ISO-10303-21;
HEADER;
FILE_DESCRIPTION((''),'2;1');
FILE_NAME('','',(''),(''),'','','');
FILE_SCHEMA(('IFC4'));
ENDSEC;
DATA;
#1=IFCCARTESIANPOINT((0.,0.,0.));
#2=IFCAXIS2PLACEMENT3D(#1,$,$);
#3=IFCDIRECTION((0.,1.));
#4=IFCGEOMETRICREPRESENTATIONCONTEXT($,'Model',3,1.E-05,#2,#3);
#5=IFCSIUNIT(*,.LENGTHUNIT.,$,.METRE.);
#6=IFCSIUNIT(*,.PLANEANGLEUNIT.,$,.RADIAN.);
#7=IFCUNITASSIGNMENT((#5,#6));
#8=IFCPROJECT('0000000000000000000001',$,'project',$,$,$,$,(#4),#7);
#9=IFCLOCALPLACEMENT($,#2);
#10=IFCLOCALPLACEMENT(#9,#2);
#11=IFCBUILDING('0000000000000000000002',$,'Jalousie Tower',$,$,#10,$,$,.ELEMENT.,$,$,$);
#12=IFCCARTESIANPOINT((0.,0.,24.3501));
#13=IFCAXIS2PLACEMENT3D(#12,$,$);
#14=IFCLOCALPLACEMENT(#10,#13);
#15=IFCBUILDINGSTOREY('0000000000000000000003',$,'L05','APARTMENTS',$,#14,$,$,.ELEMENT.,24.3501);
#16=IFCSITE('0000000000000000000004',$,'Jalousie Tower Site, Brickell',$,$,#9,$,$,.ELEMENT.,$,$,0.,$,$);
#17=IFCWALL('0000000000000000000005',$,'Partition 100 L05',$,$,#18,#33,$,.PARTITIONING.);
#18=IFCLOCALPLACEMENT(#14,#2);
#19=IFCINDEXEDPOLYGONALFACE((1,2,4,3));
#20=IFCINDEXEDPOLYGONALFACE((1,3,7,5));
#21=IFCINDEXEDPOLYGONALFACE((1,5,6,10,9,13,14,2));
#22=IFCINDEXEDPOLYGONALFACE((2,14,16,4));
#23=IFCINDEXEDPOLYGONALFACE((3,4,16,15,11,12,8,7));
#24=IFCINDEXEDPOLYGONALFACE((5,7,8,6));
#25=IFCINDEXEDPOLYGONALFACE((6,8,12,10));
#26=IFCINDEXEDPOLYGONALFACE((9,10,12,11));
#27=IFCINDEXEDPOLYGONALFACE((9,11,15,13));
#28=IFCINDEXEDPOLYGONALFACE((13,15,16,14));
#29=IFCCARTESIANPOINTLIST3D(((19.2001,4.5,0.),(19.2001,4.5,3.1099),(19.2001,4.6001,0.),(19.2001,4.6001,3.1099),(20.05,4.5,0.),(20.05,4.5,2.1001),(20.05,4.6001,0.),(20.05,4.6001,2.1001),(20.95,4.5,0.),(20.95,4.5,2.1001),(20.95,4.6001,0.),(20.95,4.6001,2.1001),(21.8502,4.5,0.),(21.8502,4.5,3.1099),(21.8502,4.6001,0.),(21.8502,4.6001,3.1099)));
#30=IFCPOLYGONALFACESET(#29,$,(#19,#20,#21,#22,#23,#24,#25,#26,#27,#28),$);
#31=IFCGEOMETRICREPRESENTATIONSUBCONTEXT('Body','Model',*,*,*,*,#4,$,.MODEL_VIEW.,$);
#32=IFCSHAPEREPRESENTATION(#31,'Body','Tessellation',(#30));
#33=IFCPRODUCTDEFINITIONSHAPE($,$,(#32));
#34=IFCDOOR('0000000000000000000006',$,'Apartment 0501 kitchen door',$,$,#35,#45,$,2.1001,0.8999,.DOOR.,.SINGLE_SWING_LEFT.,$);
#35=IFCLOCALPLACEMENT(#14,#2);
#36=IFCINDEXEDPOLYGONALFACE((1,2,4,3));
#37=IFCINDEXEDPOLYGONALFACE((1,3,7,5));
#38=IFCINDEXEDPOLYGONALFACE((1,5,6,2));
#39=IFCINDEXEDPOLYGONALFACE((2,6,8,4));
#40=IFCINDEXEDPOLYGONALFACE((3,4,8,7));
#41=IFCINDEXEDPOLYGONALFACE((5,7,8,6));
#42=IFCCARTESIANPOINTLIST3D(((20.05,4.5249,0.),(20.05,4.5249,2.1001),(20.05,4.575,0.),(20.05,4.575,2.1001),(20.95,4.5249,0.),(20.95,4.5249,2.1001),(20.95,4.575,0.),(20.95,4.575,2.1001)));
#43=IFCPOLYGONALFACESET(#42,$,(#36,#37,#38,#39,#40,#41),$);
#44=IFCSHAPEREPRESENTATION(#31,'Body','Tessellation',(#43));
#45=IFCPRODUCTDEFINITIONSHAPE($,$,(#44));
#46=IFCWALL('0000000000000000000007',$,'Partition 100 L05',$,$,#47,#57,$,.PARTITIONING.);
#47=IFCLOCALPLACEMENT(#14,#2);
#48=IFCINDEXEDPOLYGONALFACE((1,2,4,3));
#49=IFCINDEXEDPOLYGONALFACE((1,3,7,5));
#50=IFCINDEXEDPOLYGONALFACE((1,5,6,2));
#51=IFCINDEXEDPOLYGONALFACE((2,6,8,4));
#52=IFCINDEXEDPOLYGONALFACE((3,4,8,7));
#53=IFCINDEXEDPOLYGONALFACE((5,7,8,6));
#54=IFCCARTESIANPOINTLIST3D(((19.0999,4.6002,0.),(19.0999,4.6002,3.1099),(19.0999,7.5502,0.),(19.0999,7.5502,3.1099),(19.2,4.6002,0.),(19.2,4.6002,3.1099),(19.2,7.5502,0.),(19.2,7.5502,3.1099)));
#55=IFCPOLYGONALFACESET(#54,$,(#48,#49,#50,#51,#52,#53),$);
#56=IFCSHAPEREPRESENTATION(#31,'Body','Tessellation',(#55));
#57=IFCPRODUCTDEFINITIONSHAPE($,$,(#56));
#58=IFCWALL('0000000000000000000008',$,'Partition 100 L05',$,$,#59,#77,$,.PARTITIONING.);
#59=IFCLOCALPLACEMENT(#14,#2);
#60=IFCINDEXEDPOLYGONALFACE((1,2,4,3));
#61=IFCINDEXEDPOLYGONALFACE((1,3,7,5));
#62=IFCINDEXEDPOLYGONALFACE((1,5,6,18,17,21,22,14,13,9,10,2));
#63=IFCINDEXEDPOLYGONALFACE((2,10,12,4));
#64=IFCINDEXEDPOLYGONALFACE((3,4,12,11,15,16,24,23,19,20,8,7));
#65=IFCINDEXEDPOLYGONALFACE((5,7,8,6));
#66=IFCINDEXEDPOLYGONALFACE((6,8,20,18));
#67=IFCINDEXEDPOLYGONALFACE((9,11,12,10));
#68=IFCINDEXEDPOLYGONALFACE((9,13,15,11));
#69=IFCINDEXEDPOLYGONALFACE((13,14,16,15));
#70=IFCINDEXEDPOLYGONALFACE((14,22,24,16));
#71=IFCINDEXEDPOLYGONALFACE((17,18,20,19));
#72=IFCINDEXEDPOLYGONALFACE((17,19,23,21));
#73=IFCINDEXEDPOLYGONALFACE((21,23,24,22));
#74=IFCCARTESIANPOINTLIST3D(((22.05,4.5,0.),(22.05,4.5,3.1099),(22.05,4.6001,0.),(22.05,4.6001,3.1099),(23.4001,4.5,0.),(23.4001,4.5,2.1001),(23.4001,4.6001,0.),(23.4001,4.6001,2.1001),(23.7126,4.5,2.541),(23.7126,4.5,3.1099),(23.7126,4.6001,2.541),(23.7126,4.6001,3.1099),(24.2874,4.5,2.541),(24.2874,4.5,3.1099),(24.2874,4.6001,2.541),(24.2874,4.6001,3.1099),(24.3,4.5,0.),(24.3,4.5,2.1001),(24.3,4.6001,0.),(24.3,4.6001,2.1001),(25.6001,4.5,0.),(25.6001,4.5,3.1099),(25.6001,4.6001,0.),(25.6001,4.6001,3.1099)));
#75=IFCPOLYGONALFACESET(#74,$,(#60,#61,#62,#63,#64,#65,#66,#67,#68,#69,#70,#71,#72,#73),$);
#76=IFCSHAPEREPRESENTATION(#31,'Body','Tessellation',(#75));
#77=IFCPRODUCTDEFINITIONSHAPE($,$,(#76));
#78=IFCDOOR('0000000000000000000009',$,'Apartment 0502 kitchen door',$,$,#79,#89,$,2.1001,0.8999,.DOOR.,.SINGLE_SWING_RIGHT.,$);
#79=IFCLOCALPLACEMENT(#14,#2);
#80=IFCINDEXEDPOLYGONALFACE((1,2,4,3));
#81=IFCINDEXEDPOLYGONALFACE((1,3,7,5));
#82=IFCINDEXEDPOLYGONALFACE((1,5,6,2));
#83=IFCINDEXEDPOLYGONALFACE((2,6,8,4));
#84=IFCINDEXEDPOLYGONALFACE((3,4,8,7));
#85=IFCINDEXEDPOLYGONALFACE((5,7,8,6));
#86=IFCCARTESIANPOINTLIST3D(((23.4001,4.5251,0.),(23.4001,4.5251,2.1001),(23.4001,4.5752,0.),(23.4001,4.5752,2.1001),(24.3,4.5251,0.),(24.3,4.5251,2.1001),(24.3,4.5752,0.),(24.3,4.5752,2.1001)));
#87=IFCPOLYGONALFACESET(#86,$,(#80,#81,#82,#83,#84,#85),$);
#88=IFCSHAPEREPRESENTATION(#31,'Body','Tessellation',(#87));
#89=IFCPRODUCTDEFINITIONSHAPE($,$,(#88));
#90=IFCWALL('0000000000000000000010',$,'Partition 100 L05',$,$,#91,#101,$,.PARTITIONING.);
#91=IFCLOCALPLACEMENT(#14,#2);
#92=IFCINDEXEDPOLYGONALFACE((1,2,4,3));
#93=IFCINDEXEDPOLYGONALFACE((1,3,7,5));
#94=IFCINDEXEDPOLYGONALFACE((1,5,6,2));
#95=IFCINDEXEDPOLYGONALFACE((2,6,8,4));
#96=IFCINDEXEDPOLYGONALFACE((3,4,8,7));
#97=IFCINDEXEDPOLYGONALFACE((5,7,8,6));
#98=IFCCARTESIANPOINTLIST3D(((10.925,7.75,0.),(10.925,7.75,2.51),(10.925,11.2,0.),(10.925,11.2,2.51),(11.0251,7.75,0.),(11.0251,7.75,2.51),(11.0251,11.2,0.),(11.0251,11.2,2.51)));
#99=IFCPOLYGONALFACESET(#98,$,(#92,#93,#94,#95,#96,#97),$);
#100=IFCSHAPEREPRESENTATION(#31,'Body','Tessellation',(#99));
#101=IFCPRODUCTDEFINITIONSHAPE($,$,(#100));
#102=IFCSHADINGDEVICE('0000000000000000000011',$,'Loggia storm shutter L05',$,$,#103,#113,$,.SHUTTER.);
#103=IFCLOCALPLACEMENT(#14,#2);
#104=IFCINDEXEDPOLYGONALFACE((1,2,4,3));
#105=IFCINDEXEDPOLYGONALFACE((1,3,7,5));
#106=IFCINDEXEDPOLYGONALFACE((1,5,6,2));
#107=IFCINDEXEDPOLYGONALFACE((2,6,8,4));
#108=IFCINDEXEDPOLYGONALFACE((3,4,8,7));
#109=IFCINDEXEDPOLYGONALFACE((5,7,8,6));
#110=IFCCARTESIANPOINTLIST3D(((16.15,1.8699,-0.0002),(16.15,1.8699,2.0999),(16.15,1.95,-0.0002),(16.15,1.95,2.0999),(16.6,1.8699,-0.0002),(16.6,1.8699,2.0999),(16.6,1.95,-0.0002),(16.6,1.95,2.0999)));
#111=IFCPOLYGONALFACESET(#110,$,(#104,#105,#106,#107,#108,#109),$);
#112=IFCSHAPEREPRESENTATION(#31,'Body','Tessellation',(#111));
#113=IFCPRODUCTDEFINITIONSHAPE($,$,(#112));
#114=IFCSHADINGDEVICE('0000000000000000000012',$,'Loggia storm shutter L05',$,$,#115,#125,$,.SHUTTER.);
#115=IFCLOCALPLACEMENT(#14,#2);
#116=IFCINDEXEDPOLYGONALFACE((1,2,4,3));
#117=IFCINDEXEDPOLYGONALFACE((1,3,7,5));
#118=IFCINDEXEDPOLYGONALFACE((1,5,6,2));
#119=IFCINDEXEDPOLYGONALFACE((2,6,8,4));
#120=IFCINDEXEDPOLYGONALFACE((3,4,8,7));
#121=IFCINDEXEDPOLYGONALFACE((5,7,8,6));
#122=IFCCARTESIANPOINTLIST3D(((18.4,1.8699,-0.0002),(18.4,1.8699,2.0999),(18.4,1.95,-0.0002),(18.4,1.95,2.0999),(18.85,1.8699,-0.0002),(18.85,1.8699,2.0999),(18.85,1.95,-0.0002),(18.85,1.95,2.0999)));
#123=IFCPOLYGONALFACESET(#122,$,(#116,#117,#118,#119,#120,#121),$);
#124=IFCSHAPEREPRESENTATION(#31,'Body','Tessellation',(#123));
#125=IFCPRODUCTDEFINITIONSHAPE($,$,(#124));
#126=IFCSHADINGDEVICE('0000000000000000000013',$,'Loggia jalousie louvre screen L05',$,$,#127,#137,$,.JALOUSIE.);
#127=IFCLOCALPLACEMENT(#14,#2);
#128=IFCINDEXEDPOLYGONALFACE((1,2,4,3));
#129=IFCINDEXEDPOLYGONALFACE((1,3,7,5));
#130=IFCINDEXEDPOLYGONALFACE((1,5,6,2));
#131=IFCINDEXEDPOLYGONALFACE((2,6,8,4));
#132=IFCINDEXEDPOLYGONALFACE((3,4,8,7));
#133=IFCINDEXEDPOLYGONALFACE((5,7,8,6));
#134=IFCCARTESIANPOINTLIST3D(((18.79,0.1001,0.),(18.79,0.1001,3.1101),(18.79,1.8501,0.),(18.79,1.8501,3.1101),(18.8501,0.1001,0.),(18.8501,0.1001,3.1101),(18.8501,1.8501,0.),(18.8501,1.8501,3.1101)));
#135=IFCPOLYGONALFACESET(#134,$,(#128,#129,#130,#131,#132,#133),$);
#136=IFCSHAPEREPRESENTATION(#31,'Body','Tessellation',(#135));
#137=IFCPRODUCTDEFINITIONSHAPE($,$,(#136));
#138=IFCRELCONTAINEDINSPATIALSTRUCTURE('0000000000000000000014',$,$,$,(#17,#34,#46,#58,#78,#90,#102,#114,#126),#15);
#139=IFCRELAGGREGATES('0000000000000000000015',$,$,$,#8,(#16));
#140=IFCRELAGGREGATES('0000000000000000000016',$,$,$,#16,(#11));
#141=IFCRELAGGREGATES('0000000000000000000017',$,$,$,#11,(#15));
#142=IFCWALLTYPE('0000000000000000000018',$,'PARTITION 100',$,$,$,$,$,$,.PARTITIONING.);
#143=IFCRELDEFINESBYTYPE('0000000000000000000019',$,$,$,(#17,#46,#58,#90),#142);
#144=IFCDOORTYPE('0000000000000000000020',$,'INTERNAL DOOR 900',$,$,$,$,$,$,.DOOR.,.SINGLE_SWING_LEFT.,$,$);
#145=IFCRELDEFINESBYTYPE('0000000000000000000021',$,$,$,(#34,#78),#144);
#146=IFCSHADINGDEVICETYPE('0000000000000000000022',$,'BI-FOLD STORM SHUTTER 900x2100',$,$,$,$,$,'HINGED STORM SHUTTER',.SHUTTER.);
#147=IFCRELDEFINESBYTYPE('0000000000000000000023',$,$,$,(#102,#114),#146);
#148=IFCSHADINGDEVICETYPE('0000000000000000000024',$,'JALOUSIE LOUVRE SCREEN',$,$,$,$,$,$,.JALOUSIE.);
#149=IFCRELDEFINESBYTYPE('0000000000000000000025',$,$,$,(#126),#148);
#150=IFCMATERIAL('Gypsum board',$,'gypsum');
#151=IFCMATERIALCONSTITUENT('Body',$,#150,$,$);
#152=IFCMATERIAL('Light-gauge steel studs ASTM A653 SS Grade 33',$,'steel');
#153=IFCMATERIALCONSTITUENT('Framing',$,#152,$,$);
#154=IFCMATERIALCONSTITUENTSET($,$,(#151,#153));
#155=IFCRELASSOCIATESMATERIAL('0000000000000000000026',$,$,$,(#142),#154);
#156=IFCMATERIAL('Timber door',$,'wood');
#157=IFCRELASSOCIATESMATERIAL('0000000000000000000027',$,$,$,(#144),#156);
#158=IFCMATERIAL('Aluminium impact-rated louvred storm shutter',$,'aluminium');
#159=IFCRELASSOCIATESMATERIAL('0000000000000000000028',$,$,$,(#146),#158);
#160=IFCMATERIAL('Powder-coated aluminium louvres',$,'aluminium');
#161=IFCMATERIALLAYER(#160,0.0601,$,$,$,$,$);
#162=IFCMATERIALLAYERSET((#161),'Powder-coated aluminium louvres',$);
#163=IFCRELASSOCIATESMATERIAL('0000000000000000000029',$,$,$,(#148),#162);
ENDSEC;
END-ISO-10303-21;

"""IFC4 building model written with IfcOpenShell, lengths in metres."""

from ifc_helpers import new_model, si_unit, direction, frame, frame_2d, origin, origin_2d, place, context, subcontext, project, spatial, polyline, rectangle, outline, extrude, material, layer, layer_set, constituent, constituent_set, type_object, element, fill, save


model = new_model("IFC4")

# Units and contexts
model_context = context("Model", 3, precision=1e-05, world=origin(), true_north=direction((0.0, 1.0)))
body_context = subcontext(model_context, "Body", "Model", "MODEL_VIEW")
ifc_project = project(units=[si_unit("LENGTHUNIT", "METRE"), si_unit("PLANEANGLEUNIT", "RADIAN")], contexts=[model_context])

# Site, building, storey
site_placement = place(None, origin())
site = spatial("IfcSite", under=ifc_project, at=site_placement, Name="Jalousie Tower Site, Brickell", CompositionType="ELEMENT", RefElevation=0.0)
building_placement = place(site_placement, origin())
building = spatial("IfcBuilding", under=site, at=building_placement, Name="Jalousie Tower", CompositionType="ELEMENT")
storey_placement = place(building_placement, frame((0.0, 0.0, 24.3501)))
storey = spatial("IfcBuildingStorey", under=building, at=storey_placement, Name="L05", Description="APARTMENTS", CompositionType="ELEMENT", Elevation=24.3501)

# Wall, opening, door
ifc_material_1 = material(Name="Gypsum board", Category="gypsum")
ifc_constituent_1 = constituent(ifc_material_1, Name="Body")
ifc_material_2 = material(Name="Light-gauge steel studs ASTM A653 SS Grade 33", Category="steel")
ifc_constituent_2 = constituent(ifc_material_2, Name="Framing")
ifc_constituent_set_1 = constituent_set(constituents=[ifc_constituent_1, ifc_constituent_2])
wall_type_1 = type_object("IfcWallType", Name="PARTITION 100", PredefinedType="PARTITIONING", material=ifc_constituent_set_1)
wall_1_placement = place(storey_placement, frame((19.2, 4.55, 0.0), z_axis=(0.0, 0.0, 1.0), x_axis=(1.0, 0.0, 0.0)))
wall_1 = element("IfcWall", 1, at=wall_1_placement, inside=storey, type_object=wall_type_1, Name="Partition 100 L05", PredefinedType="PARTITIONING", context=body_context, shape_type="SweptSolid", body=[
    extrude(rectangle(XDim=2.6501, YDim=0.1001, at=frame_2d((1.3252, 0.0))), origin(), (0.0, 0.0, 1.0), 3.1099),
])
opening_1_placement = place(wall_1_placement, frame((0.8501, 0.0, 0.0)))
opening_1 = element("IfcOpeningElement", 2, at=opening_1_placement, cuts=wall_1, PredefinedType="OPENING", context=body_context, shape_type="SweptSolid", body=[
    extrude(rectangle(XDim=0.8999, YDim=2.1001, at=frame_2d((0.45, 1.05))), frame((0.0, 0.0601, 0.0), z_axis=(0.0, -1.0, 0.0), x_axis=(1.0, 0.0, 0.0)), (0.0, 0.0, 1.0), 0.1201),
])
ifc_material_3 = material(Name="Timber door", Category="wood")
door_type_1 = type_object("IfcDoorType", Name="INTERNAL DOOR 900", OperationType="SINGLE_SWING_LEFT", PredefinedType="DOOR", material=ifc_material_3)
door_1_placement = place(opening_1_placement, origin())
door_1 = element("IfcDoor", 3, at=door_1_placement, inside=storey, type_object=door_type_1, Name="Apartment 0501 kitchen door", OperationType="SINGLE_SWING_LEFT", OverallHeight=2.1001, OverallWidth=0.8999, PredefinedType="DOOR", context=body_context, shape_type="SweptSolid", body=[
    extrude(rectangle(XDim=0.8999, YDim=2.1001, at=frame_2d((0.45, 1.05))), frame((0.0, 0.0249, 0.0), z_axis=(0.0, -1.0, 0.0), x_axis=(1.0, 0.0, 0.0)), (0.0, 0.0, 1.0), 0.05),
])
fill(opening_1, door_1)

# Wall
wall_2_placement = place(storey_placement, frame((19.1499, 4.6001, 0.0), z_axis=(0.0, 0.0, 1.0), x_axis=(0.0, 1.0, 0.0)))
element("IfcWall", 4, at=wall_2_placement, inside=storey, type_object=wall_type_1, Name="Partition 100 L05", PredefinedType="PARTITIONING", context=body_context, shape_type="SweptSolid", body=[
    extrude(rectangle(XDim=2.95, YDim=0.1001, at=frame_2d((1.4751, 0.0))), origin(), (0.0, 0.0, 1.0), 3.1099),
])

# Wall, opening, door
wall_3_placement = place(storey_placement, frame((22.05, 4.55, 0.0), z_axis=(0.0, 0.0, 1.0), x_axis=(1.0, 0.0, 0.0)))
wall_3 = element("IfcWall", 5, at=wall_3_placement, inside=storey, type_object=wall_type_1, Name="Partition 100 L05", PredefinedType="PARTITIONING", context=body_context, shape_type="SweptSolid", body=[
    extrude(outline(polyline([(0.0, 0.0), (3.55, 0.0), (3.55, 3.1099), (2.2373, 3.1099), (2.2373, 2.541), (1.6626, 2.541), (1.6626, 3.1099), (0.0, 3.1099), (0.0, 0.0)])), frame((0.0, 0.05, 0.0), z_axis=(0.0, -1.0, 0.0), x_axis=(1.0, 0.0, 0.0)), (0.0, 0.0, 1.0), 0.1001),
])
opening_2_placement = place(wall_3_placement, frame((1.3501, 0.0, 0.0)))
opening_2 = element("IfcOpeningElement", 6, at=opening_2_placement, cuts=wall_3, PredefinedType="OPENING", context=body_context, shape_type="SweptSolid", body=[
    extrude(rectangle(XDim=0.8999, YDim=2.1001, at=frame_2d((0.45, 1.05))), frame((0.0, 0.0601, 0.0), z_axis=(0.0, -1.0, 0.0), x_axis=(1.0, 0.0, 0.0)), (0.0, 0.0, 1.0), 0.1201),
])
door_2_placement = place(opening_2_placement, frame((0.8999, 0.0, 0.0), z_axis=(0.0, 0.0, 1.0), x_axis=(-1.0, 0.0, 0.0)))
door_2 = element("IfcDoor", 7, at=door_2_placement, inside=storey, type_object=door_type_1, Name="Apartment 0502 kitchen door", OperationType="SINGLE_SWING_RIGHT", OverallHeight=2.1001, OverallWidth=0.8999, PredefinedType="DOOR", context=body_context, shape_type="SweptSolid", body=[
    extrude(rectangle(XDim=0.8999, YDim=2.1001, at=frame_2d((0.45, 1.05))), frame((0.0, 0.0249, 0.0), z_axis=(0.0, -1.0, 0.0), x_axis=(1.0, 0.0, 0.0)), (0.0, 0.0, 1.0), 0.05),
])
fill(opening_2, door_2)

# Wall
wall_4_placement = place(storey_placement, frame((10.9751, 7.75, 0.0), z_axis=(0.0, 0.0, 1.0), x_axis=(0.0, 1.0, 0.0)))
element("IfcWall", 8, at=wall_4_placement, inside=storey, type_object=wall_type_1, Name="Partition 100 L05", PredefinedType="PARTITIONING", context=body_context, shape_type="SweptSolid", body=[
    extrude(outline(polyline([(0.0, 0.0), (3.45, 0.0), (3.45, 3.1099), (3.45, 2.51), (0.0, 2.51), (0.0, 3.1099), (0.0, 0.0)])), frame((0.0, 0.05, 0.0), z_axis=(0.0, -1.0, 0.0), x_axis=(1.0, 0.0, 0.0)), (0.0, 0.0, 1.0), 0.1001),
])

# Shading devices
ifc_material_4 = material(Name="Aluminium impact-rated louvred storm shutter", Category="aluminium")
shading_device_type_1 = type_object("IfcShadingDeviceType", Name="BI-FOLD STORM SHUTTER 900x2100", ElementType="HINGED STORM SHUTTER", PredefinedType="SHUTTER", material=ifc_material_4)
for number, where, z_axis, x_axis, name in (
    (9, (16.375, 1.9099, -0.0002), (0.0, 0.0, 1.0), (1.0, 0.0, 0.0), "Loggia storm shutter L05"),
    (10, (18.625, 1.9099, -0.0002), (0.0, 0.0, 1.0), (1.0, 0.0, 0.0), "Loggia storm shutter L05"),
):
    element("IfcShadingDevice", number, at=place(storey_placement, frame(where, z_axis=z_axis, x_axis=x_axis)), inside=storey, type_object=shading_device_type_1, Name=name, PredefinedType="SHUTTER", context=body_context, shape_type="SweptSolid", body=[
        extrude(rectangle(XDim=0.45, YDim=0.0801, at=origin_2d()), origin(), (0.0, 0.0, 1.0), 2.1001),
    ])
ifc_material_5 = material(Name="Powder-coated aluminium louvres", Category="aluminium")
ifc_layer_1 = layer(ifc_material_5, 0.0601)
ifc_layer_set_1 = layer_set([ifc_layer_1], Name="Powder-coated aluminium louvres")
shading_device_type_2 = type_object("IfcShadingDeviceType", Name="JALOUSIE LOUVRE SCREEN", PredefinedType="JALOUSIE", material=ifc_layer_set_1)
shading_device_placement = place(storey_placement, frame((18.8201, 0.9751, 0.0), z_axis=(0.0, 0.0, 1.0), x_axis=(1.0, 0.0, 0.0)))
element("IfcShadingDevice", 11, at=shading_device_placement, inside=storey, type_object=shading_device_type_2, Name="Loggia jalousie louvre screen L05", PredefinedType="JALOUSIE", context=body_context, shape_type="SweptSolid", body=[
    extrude(rectangle(XDim=0.0601, YDim=1.75, at=origin_2d()), origin(), (0.0, 0.0, 1.0), 3.1101),
])

save(model, "model.ifc")
